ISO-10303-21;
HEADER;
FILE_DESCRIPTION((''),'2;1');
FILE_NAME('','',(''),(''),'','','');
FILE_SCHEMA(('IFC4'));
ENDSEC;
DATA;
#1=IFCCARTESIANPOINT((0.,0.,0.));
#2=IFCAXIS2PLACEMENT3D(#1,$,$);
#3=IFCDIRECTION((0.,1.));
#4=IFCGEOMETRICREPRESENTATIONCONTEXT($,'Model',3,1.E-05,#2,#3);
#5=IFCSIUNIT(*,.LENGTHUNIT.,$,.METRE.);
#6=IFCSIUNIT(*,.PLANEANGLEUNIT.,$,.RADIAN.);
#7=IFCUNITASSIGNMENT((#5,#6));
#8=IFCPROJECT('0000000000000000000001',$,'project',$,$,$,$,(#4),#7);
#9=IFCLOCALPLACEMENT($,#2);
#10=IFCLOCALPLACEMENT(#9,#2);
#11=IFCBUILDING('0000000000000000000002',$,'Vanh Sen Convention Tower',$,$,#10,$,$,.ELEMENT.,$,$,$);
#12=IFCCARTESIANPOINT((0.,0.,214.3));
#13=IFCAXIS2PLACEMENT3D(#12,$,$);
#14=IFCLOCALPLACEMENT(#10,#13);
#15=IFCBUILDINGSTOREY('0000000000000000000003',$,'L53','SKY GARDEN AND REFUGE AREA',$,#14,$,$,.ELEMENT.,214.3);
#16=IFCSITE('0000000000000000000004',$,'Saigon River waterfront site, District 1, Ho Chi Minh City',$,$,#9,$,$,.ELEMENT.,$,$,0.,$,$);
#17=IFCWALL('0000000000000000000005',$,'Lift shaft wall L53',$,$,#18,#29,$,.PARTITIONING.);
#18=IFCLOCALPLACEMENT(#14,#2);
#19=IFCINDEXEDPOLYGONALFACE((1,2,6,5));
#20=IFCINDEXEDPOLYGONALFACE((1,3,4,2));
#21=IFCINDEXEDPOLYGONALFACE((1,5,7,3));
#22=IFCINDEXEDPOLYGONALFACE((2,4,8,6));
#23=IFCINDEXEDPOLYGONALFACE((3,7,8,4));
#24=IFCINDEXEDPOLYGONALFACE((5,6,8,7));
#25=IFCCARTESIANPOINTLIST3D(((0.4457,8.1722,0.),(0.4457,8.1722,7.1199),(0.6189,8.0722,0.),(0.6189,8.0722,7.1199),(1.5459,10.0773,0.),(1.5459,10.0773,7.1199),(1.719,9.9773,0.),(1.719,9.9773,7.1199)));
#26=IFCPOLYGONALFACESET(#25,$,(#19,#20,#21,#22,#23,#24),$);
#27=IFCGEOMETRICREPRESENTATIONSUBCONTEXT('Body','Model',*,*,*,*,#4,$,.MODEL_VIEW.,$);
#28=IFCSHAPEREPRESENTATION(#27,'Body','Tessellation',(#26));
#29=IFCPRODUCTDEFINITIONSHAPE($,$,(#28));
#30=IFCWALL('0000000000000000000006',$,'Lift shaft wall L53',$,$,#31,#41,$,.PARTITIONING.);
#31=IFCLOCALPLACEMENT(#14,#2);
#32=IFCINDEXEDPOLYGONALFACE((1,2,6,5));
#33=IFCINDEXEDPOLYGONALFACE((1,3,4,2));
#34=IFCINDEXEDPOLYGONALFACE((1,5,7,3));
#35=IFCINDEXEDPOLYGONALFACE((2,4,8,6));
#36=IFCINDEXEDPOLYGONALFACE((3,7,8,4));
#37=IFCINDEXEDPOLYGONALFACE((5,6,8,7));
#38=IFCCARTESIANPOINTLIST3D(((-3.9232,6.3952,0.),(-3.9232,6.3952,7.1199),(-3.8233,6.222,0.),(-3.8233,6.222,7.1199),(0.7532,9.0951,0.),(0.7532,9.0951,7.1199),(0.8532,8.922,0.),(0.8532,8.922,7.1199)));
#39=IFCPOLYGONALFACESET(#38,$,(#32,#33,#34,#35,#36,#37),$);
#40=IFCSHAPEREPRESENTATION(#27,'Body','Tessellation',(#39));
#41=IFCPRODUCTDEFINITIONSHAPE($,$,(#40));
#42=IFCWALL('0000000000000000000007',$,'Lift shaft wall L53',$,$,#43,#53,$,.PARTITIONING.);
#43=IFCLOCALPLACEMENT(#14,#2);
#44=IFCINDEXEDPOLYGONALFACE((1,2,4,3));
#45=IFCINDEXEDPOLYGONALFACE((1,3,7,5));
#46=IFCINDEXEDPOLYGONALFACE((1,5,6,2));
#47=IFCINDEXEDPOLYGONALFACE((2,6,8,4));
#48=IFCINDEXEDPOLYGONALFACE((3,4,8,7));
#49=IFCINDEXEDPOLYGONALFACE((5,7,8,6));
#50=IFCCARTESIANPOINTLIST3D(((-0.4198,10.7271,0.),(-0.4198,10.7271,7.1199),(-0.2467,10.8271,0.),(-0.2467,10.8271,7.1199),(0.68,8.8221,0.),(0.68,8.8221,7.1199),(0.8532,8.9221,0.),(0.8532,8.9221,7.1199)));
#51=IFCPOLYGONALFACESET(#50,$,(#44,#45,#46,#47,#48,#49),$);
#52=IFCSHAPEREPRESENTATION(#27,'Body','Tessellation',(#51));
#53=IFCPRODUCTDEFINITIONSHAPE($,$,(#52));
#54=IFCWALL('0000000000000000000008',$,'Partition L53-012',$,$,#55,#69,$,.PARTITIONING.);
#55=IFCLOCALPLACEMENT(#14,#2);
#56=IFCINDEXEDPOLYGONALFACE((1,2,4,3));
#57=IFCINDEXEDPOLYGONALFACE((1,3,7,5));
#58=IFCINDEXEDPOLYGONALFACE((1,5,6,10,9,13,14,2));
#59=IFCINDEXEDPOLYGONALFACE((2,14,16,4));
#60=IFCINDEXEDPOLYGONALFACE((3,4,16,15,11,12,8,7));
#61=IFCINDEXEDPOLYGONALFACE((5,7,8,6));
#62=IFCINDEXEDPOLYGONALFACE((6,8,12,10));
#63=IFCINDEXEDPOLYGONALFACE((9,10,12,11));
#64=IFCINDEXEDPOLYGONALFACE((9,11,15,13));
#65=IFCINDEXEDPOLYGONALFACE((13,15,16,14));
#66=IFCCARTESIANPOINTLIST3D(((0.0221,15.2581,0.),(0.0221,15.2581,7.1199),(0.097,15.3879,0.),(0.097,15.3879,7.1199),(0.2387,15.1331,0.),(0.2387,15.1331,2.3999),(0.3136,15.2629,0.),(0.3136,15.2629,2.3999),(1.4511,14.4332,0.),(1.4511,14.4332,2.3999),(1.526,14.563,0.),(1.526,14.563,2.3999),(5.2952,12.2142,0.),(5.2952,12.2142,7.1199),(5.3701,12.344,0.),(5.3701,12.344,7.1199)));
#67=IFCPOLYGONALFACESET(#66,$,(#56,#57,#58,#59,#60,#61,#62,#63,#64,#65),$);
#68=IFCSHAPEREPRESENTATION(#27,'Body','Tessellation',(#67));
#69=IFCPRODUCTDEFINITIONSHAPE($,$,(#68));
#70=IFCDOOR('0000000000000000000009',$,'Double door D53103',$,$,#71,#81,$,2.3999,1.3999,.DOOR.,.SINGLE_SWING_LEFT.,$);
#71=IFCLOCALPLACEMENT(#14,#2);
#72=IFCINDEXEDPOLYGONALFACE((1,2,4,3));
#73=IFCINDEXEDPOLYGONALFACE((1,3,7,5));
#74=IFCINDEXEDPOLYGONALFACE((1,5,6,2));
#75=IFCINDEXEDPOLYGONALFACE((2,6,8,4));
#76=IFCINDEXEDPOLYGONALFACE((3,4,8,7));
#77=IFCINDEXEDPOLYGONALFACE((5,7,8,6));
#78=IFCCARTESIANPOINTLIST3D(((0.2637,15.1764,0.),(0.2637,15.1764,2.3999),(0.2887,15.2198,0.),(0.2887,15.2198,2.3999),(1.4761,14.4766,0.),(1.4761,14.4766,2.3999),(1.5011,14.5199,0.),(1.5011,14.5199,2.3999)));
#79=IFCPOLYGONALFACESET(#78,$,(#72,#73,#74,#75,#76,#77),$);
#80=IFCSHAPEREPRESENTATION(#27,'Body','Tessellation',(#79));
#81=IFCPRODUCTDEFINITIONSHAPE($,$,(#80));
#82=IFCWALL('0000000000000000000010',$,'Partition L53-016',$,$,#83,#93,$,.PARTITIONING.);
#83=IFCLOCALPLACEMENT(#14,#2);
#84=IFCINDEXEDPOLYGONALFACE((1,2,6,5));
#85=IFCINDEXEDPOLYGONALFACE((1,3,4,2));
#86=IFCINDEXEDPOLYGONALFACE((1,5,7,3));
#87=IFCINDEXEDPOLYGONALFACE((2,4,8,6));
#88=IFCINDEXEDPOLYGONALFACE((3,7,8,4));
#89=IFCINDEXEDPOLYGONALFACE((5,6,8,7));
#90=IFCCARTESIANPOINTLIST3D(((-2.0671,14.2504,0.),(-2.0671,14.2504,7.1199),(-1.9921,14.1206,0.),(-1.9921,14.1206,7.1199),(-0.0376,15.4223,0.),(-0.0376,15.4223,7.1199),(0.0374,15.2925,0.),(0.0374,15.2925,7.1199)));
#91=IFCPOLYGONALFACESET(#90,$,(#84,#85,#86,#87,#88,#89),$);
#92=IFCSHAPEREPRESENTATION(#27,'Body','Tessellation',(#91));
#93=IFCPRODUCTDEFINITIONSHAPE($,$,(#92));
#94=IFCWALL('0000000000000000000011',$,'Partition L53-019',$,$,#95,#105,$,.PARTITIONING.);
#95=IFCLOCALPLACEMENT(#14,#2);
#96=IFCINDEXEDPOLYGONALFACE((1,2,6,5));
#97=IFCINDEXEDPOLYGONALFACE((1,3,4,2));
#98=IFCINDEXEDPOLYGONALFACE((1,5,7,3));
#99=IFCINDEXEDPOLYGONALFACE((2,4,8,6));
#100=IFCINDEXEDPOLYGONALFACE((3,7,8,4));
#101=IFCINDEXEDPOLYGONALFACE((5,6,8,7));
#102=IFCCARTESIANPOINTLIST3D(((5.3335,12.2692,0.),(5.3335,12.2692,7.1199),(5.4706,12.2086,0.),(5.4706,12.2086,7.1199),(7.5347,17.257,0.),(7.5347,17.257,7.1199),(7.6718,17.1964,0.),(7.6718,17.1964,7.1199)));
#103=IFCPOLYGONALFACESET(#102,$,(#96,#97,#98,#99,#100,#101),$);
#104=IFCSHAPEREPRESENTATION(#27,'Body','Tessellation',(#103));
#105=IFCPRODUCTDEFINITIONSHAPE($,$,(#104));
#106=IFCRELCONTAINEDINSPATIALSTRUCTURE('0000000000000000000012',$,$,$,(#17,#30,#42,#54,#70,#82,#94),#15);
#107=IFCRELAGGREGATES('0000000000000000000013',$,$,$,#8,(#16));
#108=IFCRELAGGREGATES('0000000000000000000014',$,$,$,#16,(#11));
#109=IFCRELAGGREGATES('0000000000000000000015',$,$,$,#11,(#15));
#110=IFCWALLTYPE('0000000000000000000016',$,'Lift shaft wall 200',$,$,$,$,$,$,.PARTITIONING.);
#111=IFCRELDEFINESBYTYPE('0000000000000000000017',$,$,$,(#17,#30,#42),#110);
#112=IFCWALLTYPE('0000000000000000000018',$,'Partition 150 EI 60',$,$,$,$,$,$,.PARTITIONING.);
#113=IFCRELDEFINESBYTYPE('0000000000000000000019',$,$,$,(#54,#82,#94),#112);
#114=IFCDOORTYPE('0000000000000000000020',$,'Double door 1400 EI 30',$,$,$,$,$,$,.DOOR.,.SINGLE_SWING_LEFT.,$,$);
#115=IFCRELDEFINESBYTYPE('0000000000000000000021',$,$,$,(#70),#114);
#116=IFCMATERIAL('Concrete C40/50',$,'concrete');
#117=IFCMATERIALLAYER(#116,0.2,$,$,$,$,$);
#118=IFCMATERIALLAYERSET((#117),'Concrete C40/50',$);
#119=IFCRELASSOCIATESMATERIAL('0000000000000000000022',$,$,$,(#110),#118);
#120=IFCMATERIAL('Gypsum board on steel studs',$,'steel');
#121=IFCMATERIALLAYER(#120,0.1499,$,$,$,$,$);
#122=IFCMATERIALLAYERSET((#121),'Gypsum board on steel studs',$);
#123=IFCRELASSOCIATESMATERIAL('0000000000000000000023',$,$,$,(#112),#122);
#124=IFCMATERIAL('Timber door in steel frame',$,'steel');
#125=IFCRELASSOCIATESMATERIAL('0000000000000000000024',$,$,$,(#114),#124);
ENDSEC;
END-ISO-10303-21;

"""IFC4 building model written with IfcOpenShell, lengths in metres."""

from ifc_helpers import new_model, si_unit, direction, frame, frame_2d, origin, place, context, subcontext, project, spatial, rectangle, extrude, material, layer, layer_set, type_object, element, fill, save


model = new_model("IFC4")

# Units and contexts
model_context = context("Model", 3, precision=1e-05, world=origin(), true_north=direction((0.0, 1.0)))
body_context = subcontext(model_context, "Body", "Model", "MODEL_VIEW")
ifc_project = project(units=[si_unit("LENGTHUNIT", "METRE"), si_unit("PLANEANGLEUNIT", "RADIAN")], contexts=[model_context])

# Site, building, storey
site_placement = place(None, origin())
site = spatial("IfcSite", under=ifc_project, at=site_placement, Name="Saigon River waterfront site, District 1, Ho Chi Minh City", CompositionType="ELEMENT", RefElevation=0.0)
building_placement = place(site_placement, origin())
building = spatial("IfcBuilding", under=site, at=building_placement, Name="Vanh Sen Convention Tower", CompositionType="ELEMENT")
storey_placement = place(building_placement, frame((0.0, 0.0, 214.3)))
storey = spatial("IfcBuildingStorey", under=building, at=storey_placement, Name="L53", Description="SKY GARDEN AND REFUGE AREA", CompositionType="ELEMENT", Elevation=214.3)

# Walls
ifc_material_1 = material(Name="Concrete C40/50", Category="concrete")
ifc_layer_1 = layer(ifc_material_1, 0.2)
ifc_layer_set_1 = layer_set([ifc_layer_1], Name="Concrete C40/50")
wall_type_1 = type_object("IfcWallType", Name="Lift shaft wall 200", PredefinedType="PARTITIONING", material=ifc_layer_set_1)
wall_1_placement = place(storey_placement, frame((0.5322, 8.1221, 0.0), z_axis=(0.0, 0.0, 1.0), x_axis=(0.500078, 0.86598, 0.0)))
element("IfcWall", 1, at=wall_1_placement, inside=storey, type_object=wall_type_1, Name="Lift shaft wall L53", PredefinedType="PARTITIONING", context=body_context, shape_type="SweptSolid", body=[
    extrude(rectangle(XDim=2.2, YDim=0.2, at=frame_2d((1.1001, 0.0))), origin(), (0.0, 0.0, 1.0), 7.1199),
])
wall_2_placement = place(storey_placement, frame((0.8032, 9.0085, 0.0), z_axis=(0.0, 0.0, 1.0), x_axis=(-0.866028, -0.499995, 0.0)))
element("IfcWall", 2, at=wall_2_placement, inside=storey, type_object=wall_type_1, Name="Lift shaft wall L53", PredefinedType="PARTITIONING", context=body_context, shape_type="SweptSolid", body=[
    extrude(rectangle(XDim=5.3999, YDim=0.2, at=frame_2d((2.7, 0.0))), origin(), (0.0, 0.0, 1.0), 7.1199),
])
wall_3_placement = place(storey_placement, frame((0.7666, 8.8721, 0.0), z_axis=(0.0, 0.0, 1.0), x_axis=(-0.499995, 0.866028, 0.0)))
element("IfcWall", 3, at=wall_3_placement, inside=storey, type_object=wall_type_1, Name="Lift shaft wall L53", PredefinedType="PARTITIONING", context=body_context, shape_type="SweptSolid", body=[
    extrude(rectangle(XDim=2.1997, YDim=0.2, at=frame_2d((1.0999, 0.0))), origin(), (0.0, 0.0, 1.0), 7.1199),
])

# Wall, opening, door
ifc_material_2 = material(Name="Gypsum board on steel studs", Category="steel")
ifc_layer_2 = layer(ifc_material_2, 0.1499)
ifc_layer_set_2 = layer_set([ifc_layer_2], Name="Gypsum board on steel studs")
wall_type_2 = type_object("IfcWallType", Name="Partition 150 EI 60", PredefinedType="PARTITIONING", material=ifc_layer_set_2)
wall_4_placement = place(storey_placement, frame((5.3328, 12.2791, 0.0), z_axis=(0.0, 0.0, 1.0), x_axis=(-0.866063, 0.499934, 0.0)))
wall_4 = element("IfcWall", 4, at=wall_4_placement, inside=storey, type_object=wall_type_2, Name="Partition L53-012", PredefinedType="PARTITIONING", context=body_context, shape_type="SweptSolid", body=[
    extrude(rectangle(XDim=6.0886, YDim=0.1499, at=frame_2d((3.0444, 0.0))), origin(), (0.0, 0.0, 1.0), 7.1199),
])
opening_1_placement = place(wall_4_placement, frame((4.4387, 0.0, 0.0)))
opening_1 = element("IfcOpeningElement", 5, at=opening_1_placement, cuts=wall_4, PredefinedType="OPENING", context=body_context, shape_type="SweptSolid", body=[
    extrude(rectangle(XDim=1.3999, YDim=2.3999, at=frame_2d((0.7, 1.2))), frame((0.0, 0.085, 0.0), z_axis=(0.0, -1.0, 0.0), x_axis=(1.0, 0.0, 0.0)), (0.0, 0.0, 1.0), 0.1699),
])
ifc_material_3 = material(Name="Timber door in steel frame", Category="steel")
door_type_1 = type_object("IfcDoorType", Name="Double door 1400 EI 30", OperationType="SINGLE_SWING_LEFT", PredefinedType="DOOR", material=ifc_material_3)
door_1_placement = place(opening_1_placement, origin())
door_1 = element("IfcDoor", 6, at=door_1_placement, inside=storey, type_object=door_type_1, Name="Double door D53103", OperationType="SINGLE_SWING_LEFT", OverallHeight=2.3999, OverallWidth=1.3999, PredefinedType="DOOR", context=body_context, shape_type="SweptSolid", body=[
    extrude(rectangle(XDim=1.3999, YDim=2.3999, at=frame_2d((0.7, 1.2))), frame((0.0, 0.0249, 0.0), z_axis=(0.0, -1.0, 0.0), x_axis=(1.0, 0.0, 0.0)), (0.0, 0.0, 1.0), 0.05),
])
fill(opening_1, door_1)

# Walls
wall_5_placement = place(storey_placement, frame((0.0, 15.3574, 0.0), z_axis=(0.0, 0.0, 1.0), x_axis=(-0.866003, -0.500038, 0.0)))
element("IfcWall", 7, at=wall_5_placement, inside=storey, type_object=wall_type_2, Name="Partition L53-016", PredefinedType="PARTITIONING", context=body_context, shape_type="SweptSolid", body=[
    extrude(rectangle(XDim=2.3435, YDim=0.1499, at=frame_2d((1.1719, 0.0))), origin(), (0.0, 0.0, 1.0), 7.1199),
])
wall_6_placement = place(storey_placement, frame((7.6033, 17.2268, 0.0), z_axis=(0.0, 0.0, 1.0), x_axis=(-0.403744, -0.914872, 0.0)))
element("IfcWall", 8, at=wall_6_placement, inside=storey, type_object=wall_type_2, Name="Partition L53-019", PredefinedType="PARTITIONING", context=body_context, shape_type="SweptSolid", body=[
    extrude(rectangle(XDim=5.4519, YDim=0.1499, at=frame_2d((2.7261, 0.0))), origin(), (0.0, 0.0, 1.0), 7.1199),
])

save(model, "model.ifc")
